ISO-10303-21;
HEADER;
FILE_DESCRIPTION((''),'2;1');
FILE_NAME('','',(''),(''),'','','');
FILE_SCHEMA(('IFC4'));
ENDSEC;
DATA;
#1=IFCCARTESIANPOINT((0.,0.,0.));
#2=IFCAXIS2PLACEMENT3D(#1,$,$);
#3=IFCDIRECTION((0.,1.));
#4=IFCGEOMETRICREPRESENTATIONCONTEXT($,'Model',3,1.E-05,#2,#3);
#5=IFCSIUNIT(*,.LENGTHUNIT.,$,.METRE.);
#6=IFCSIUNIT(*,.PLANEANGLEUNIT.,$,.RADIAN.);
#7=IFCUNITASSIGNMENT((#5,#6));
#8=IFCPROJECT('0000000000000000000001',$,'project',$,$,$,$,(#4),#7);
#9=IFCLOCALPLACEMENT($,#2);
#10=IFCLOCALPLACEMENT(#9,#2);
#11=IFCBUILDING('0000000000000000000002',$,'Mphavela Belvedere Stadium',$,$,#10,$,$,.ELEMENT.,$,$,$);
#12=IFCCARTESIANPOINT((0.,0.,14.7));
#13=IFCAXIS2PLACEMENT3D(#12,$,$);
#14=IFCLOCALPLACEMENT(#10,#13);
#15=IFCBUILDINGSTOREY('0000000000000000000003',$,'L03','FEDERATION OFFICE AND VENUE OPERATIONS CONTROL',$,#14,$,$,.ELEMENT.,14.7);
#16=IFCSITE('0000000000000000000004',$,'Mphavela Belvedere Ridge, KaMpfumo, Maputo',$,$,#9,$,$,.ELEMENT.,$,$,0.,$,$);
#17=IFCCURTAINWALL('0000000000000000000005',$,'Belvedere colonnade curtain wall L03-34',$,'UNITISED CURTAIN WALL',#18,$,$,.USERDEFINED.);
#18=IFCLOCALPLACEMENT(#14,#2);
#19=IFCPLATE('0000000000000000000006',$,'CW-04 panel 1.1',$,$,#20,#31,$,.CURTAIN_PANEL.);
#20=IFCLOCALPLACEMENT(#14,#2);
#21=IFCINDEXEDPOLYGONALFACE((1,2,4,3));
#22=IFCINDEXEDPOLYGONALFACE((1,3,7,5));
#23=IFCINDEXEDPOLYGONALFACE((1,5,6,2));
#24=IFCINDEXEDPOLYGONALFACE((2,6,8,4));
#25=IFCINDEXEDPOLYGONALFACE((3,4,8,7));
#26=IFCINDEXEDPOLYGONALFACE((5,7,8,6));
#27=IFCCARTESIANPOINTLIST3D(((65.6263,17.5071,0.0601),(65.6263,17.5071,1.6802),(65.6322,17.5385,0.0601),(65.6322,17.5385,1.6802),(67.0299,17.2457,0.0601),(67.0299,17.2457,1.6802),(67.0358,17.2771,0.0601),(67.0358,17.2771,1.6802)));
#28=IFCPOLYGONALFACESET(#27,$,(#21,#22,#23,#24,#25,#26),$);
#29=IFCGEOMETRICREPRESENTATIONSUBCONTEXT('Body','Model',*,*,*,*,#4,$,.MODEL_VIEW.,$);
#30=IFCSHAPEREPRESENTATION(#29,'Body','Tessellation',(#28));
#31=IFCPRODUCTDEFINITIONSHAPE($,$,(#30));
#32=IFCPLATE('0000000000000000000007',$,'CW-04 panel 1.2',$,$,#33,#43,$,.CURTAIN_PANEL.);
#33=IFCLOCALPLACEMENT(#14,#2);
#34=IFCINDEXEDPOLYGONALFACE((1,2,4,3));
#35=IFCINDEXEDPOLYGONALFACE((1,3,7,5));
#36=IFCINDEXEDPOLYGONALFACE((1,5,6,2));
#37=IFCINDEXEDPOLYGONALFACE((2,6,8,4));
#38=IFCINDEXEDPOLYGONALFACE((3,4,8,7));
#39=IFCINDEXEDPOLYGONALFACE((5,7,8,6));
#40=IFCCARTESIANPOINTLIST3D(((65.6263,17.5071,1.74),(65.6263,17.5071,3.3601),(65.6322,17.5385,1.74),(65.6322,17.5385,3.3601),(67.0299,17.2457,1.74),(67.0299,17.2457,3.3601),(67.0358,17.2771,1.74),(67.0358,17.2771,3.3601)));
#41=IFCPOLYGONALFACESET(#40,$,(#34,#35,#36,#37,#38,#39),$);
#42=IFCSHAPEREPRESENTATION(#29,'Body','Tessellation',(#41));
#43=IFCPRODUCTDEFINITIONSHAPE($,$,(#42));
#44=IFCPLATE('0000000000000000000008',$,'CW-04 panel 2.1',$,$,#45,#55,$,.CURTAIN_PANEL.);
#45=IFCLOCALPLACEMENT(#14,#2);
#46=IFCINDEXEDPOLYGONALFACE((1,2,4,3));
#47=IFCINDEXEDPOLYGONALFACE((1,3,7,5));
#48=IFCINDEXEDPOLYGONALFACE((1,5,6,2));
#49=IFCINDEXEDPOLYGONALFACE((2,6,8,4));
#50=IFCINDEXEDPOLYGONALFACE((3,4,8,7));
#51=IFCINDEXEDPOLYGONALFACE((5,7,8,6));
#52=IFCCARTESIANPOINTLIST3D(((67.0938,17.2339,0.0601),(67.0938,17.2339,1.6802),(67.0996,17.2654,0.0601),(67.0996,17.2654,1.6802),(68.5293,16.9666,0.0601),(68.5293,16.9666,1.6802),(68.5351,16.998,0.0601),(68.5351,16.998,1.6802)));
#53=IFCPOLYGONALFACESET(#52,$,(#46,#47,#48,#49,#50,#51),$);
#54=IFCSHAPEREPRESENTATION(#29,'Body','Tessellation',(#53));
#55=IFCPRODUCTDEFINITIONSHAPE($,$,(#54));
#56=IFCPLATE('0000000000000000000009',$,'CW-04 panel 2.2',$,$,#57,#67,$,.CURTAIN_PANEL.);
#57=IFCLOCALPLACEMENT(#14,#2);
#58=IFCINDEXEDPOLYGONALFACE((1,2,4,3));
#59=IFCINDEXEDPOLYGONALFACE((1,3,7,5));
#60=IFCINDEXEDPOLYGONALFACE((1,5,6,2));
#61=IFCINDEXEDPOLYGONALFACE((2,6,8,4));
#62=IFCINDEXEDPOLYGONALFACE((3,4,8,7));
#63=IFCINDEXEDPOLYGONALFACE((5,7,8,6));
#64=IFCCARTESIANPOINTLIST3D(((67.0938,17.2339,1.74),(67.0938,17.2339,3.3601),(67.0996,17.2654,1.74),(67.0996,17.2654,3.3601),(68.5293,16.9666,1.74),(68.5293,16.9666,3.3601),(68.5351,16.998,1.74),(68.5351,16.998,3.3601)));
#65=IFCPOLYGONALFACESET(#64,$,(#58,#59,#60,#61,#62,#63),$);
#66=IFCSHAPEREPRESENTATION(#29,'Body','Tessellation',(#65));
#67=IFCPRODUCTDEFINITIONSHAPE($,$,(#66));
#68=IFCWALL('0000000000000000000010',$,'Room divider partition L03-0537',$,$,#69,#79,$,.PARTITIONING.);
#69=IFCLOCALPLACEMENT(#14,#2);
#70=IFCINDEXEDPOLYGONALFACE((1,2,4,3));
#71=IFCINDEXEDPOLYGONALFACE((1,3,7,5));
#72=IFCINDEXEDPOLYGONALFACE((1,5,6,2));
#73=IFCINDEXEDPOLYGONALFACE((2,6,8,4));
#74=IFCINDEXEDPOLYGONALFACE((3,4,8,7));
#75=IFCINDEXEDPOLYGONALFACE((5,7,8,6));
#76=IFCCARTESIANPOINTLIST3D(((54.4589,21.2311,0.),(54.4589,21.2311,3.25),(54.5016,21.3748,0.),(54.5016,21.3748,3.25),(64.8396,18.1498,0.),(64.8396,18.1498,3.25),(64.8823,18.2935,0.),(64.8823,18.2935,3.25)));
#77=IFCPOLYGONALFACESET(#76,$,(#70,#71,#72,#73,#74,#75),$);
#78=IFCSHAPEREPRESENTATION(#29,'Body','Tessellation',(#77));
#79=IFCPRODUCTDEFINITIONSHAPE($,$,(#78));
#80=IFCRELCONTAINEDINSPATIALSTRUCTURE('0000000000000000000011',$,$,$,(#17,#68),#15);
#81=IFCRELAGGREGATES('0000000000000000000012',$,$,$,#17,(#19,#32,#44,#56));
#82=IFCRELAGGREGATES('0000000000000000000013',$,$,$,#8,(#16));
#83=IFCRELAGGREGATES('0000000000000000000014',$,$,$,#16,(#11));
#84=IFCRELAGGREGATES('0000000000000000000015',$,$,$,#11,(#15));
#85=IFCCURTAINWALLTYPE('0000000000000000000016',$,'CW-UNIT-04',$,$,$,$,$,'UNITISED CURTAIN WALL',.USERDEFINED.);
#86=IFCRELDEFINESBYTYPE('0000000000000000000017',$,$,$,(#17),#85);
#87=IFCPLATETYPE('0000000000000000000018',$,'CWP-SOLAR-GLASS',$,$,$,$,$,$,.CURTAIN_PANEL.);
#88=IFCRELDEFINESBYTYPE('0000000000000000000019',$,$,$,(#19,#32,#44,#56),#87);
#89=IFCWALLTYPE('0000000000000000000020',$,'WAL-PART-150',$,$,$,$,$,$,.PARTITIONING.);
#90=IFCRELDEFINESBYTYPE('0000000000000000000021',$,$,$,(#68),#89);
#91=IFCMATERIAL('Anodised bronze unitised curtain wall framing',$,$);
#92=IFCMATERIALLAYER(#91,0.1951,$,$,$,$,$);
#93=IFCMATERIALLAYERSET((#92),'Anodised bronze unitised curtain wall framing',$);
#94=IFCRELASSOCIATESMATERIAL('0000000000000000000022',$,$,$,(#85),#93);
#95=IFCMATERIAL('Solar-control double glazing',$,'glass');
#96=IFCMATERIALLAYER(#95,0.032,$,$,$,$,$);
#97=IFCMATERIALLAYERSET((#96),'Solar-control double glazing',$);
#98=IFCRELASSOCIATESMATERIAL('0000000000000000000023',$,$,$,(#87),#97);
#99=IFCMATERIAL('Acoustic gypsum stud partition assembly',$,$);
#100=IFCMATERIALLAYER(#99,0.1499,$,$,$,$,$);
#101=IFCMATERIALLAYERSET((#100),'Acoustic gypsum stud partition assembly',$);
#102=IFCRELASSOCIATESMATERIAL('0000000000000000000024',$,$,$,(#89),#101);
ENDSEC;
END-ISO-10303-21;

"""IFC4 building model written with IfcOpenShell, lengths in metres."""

from ifc_helpers import new_model, si_unit, direction, frame, frame_2d, origin, origin_2d, place, context, subcontext, project, spatial, rectangle, extrude, material, layer, layer_set, type_object, element, aggregate, save


model = new_model("IFC4")

# Units and contexts
model_context = context("Model", 3, precision=1e-05, world=origin(), true_north=direction((0.0, 1.0)))
body_context = subcontext(model_context, "Body", "Model", "MODEL_VIEW")
ifc_project = project(units=[si_unit("LENGTHUNIT", "METRE"), si_unit("PLANEANGLEUNIT", "RADIAN")], contexts=[model_context])

# Site, building, storey
site_placement = place(None, origin())
site = spatial("IfcSite", under=ifc_project, at=site_placement, Name="Mphavela Belvedere Ridge, KaMpfumo, Maputo", CompositionType="ELEMENT", RefElevation=0.0)
building_placement = place(site_placement, origin())
building = spatial("IfcBuilding", under=site, at=building_placement, Name="Mphavela Belvedere Stadium", CompositionType="ELEMENT")
storey_placement = place(building_placement, frame((0.0, 0.0, 14.7)))
storey = spatial("IfcBuildingStorey", under=building, at=storey_placement, Name="L03", Description="FEDERATION OFFICE AND VENUE OPERATIONS CONTROL", CompositionType="ELEMENT", Elevation=14.7)

# Curtain wall
ifc_material_1 = material(Name="Anodised bronze unitised curtain wall framing")
ifc_layer_1 = layer(ifc_material_1, 0.1951)
ifc_layer_set_1 = layer_set([ifc_layer_1], Name="Anodised bronze unitised curtain wall framing")
curtain_wall_type_1 = type_object("IfcCurtainWallType", Name="CW-UNIT-04", ElementType="UNITISED CURTAIN WALL", PredefinedType="USERDEFINED", material=ifc_layer_set_1)
curtain_wall_1_placement = place(storey_placement, origin())
curtain_wall_1 = element("IfcCurtainWall", 1, at=curtain_wall_1_placement, inside=storey, type_object=curtain_wall_type_1, Name="Belvedere colonnade curtain wall L03-34", ObjectType="UNITISED CURTAIN WALL", PredefinedType="USERDEFINED")

# Plates
ifc_material_2 = material(Name="Solar-control double glazing", Category="glass")
ifc_layer_2 = layer(ifc_material_2, 0.032)
ifc_layer_set_2 = layer_set([ifc_layer_2], Name="Solar-control double glazing")
plate_type = type_object("IfcPlateType", Name="CWP-SOLAR-GLASS", PredefinedType="CURTAIN_PANEL", material=ifc_layer_set_2)
plate_1_placement = place(storey_placement, frame((66.3311, 17.3921, 0.0601), z_axis=(0.0, 0.0, 1.0), x_axis=(0.983097, -0.183088, 0.0)))
plate_1 = element("IfcPlate", 2, at=plate_1_placement, type_object=plate_type, Name="CW-04 panel 1.1", PredefinedType="CURTAIN_PANEL", context=body_context, shape_type="SweptSolid", body=[
    extrude(rectangle(XDim=1.4277, YDim=0.032, at=origin_2d()), origin(), (0.0, 0.0, 1.0), 1.6201),
])
plate_2_placement = place(storey_placement, frame((66.3311, 17.3921, 1.74), z_axis=(0.0, 0.0, 1.0), x_axis=(0.983097, -0.183088, 0.0)))
plate_2 = element("IfcPlate", 3, at=plate_2_placement, type_object=plate_type, Name="CW-04 panel 1.2", PredefinedType="CURTAIN_PANEL", context=body_context, shape_type="SweptSolid", body=[
    extrude(rectangle(XDim=1.4277, YDim=0.032, at=origin_2d()), origin(), (0.0, 0.0, 1.0), 1.6201),
])
plate_3_placement = place(storey_placement, frame((67.8145, 17.116, 0.0601), z_axis=(0.0, 0.0, 1.0), x_axis=(0.983097, -0.183088, 0.0)))
plate_3 = element("IfcPlate", 4, at=plate_3_placement, type_object=plate_type, Name="CW-04 panel 2.1", PredefinedType="CURTAIN_PANEL", context=body_context, shape_type="SweptSolid", body=[
    extrude(rectangle(XDim=1.4602, YDim=0.032, at=origin_2d()), origin(), (0.0, 0.0, 1.0), 1.6201),
])
plate_4_placement = place(storey_placement, frame((67.8145, 17.116, 1.74), z_axis=(0.0, 0.0, 1.0), x_axis=(0.983097, -0.183088, 0.0)))
plate_4 = element("IfcPlate", 5, at=plate_4_placement, type_object=plate_type, Name="CW-04 panel 2.2", PredefinedType="CURTAIN_PANEL", context=body_context, shape_type="SweptSolid", body=[
    extrude(rectangle(XDim=1.4602, YDim=0.032, at=origin_2d()), origin(), (0.0, 0.0, 1.0), 1.6201),
])
aggregate(curtain_wall_1, [plate_1, plate_2, plate_3, plate_4])

# Wall
ifc_material_3 = material(Name="Acoustic gypsum stud partition assembly")
ifc_layer_3 = layer(ifc_material_3, 0.1499)
ifc_layer_set_3 = layer_set([ifc_layer_3], Name="Acoustic gypsum stud partition assembly")
wall_type = type_object("IfcWallType", Name="WAL-PART-150", PredefinedType="PARTITIONING", material=ifc_layer_set_3)
wall_placement = place(storey_placement, frame((64.8608, 18.2217, 0.0), z_axis=(0.0, 0.0, 1.0), x_axis=(-0.958658, 0.28456, 0.0)))
element("IfcWall", 6, at=wall_placement, inside=storey, type_object=wall_type, Name="Room divider partition L03-0537", PredefinedType="PARTITIONING", context=body_context, shape_type="SweptSolid", body=[
    extrude(rectangle(XDim=10.8284, YDim=0.1499, at=frame_2d((5.4141, 0.0))), origin(), (0.0, 0.0, 1.0), 3.25),
])

save(model, "model.ifc")
